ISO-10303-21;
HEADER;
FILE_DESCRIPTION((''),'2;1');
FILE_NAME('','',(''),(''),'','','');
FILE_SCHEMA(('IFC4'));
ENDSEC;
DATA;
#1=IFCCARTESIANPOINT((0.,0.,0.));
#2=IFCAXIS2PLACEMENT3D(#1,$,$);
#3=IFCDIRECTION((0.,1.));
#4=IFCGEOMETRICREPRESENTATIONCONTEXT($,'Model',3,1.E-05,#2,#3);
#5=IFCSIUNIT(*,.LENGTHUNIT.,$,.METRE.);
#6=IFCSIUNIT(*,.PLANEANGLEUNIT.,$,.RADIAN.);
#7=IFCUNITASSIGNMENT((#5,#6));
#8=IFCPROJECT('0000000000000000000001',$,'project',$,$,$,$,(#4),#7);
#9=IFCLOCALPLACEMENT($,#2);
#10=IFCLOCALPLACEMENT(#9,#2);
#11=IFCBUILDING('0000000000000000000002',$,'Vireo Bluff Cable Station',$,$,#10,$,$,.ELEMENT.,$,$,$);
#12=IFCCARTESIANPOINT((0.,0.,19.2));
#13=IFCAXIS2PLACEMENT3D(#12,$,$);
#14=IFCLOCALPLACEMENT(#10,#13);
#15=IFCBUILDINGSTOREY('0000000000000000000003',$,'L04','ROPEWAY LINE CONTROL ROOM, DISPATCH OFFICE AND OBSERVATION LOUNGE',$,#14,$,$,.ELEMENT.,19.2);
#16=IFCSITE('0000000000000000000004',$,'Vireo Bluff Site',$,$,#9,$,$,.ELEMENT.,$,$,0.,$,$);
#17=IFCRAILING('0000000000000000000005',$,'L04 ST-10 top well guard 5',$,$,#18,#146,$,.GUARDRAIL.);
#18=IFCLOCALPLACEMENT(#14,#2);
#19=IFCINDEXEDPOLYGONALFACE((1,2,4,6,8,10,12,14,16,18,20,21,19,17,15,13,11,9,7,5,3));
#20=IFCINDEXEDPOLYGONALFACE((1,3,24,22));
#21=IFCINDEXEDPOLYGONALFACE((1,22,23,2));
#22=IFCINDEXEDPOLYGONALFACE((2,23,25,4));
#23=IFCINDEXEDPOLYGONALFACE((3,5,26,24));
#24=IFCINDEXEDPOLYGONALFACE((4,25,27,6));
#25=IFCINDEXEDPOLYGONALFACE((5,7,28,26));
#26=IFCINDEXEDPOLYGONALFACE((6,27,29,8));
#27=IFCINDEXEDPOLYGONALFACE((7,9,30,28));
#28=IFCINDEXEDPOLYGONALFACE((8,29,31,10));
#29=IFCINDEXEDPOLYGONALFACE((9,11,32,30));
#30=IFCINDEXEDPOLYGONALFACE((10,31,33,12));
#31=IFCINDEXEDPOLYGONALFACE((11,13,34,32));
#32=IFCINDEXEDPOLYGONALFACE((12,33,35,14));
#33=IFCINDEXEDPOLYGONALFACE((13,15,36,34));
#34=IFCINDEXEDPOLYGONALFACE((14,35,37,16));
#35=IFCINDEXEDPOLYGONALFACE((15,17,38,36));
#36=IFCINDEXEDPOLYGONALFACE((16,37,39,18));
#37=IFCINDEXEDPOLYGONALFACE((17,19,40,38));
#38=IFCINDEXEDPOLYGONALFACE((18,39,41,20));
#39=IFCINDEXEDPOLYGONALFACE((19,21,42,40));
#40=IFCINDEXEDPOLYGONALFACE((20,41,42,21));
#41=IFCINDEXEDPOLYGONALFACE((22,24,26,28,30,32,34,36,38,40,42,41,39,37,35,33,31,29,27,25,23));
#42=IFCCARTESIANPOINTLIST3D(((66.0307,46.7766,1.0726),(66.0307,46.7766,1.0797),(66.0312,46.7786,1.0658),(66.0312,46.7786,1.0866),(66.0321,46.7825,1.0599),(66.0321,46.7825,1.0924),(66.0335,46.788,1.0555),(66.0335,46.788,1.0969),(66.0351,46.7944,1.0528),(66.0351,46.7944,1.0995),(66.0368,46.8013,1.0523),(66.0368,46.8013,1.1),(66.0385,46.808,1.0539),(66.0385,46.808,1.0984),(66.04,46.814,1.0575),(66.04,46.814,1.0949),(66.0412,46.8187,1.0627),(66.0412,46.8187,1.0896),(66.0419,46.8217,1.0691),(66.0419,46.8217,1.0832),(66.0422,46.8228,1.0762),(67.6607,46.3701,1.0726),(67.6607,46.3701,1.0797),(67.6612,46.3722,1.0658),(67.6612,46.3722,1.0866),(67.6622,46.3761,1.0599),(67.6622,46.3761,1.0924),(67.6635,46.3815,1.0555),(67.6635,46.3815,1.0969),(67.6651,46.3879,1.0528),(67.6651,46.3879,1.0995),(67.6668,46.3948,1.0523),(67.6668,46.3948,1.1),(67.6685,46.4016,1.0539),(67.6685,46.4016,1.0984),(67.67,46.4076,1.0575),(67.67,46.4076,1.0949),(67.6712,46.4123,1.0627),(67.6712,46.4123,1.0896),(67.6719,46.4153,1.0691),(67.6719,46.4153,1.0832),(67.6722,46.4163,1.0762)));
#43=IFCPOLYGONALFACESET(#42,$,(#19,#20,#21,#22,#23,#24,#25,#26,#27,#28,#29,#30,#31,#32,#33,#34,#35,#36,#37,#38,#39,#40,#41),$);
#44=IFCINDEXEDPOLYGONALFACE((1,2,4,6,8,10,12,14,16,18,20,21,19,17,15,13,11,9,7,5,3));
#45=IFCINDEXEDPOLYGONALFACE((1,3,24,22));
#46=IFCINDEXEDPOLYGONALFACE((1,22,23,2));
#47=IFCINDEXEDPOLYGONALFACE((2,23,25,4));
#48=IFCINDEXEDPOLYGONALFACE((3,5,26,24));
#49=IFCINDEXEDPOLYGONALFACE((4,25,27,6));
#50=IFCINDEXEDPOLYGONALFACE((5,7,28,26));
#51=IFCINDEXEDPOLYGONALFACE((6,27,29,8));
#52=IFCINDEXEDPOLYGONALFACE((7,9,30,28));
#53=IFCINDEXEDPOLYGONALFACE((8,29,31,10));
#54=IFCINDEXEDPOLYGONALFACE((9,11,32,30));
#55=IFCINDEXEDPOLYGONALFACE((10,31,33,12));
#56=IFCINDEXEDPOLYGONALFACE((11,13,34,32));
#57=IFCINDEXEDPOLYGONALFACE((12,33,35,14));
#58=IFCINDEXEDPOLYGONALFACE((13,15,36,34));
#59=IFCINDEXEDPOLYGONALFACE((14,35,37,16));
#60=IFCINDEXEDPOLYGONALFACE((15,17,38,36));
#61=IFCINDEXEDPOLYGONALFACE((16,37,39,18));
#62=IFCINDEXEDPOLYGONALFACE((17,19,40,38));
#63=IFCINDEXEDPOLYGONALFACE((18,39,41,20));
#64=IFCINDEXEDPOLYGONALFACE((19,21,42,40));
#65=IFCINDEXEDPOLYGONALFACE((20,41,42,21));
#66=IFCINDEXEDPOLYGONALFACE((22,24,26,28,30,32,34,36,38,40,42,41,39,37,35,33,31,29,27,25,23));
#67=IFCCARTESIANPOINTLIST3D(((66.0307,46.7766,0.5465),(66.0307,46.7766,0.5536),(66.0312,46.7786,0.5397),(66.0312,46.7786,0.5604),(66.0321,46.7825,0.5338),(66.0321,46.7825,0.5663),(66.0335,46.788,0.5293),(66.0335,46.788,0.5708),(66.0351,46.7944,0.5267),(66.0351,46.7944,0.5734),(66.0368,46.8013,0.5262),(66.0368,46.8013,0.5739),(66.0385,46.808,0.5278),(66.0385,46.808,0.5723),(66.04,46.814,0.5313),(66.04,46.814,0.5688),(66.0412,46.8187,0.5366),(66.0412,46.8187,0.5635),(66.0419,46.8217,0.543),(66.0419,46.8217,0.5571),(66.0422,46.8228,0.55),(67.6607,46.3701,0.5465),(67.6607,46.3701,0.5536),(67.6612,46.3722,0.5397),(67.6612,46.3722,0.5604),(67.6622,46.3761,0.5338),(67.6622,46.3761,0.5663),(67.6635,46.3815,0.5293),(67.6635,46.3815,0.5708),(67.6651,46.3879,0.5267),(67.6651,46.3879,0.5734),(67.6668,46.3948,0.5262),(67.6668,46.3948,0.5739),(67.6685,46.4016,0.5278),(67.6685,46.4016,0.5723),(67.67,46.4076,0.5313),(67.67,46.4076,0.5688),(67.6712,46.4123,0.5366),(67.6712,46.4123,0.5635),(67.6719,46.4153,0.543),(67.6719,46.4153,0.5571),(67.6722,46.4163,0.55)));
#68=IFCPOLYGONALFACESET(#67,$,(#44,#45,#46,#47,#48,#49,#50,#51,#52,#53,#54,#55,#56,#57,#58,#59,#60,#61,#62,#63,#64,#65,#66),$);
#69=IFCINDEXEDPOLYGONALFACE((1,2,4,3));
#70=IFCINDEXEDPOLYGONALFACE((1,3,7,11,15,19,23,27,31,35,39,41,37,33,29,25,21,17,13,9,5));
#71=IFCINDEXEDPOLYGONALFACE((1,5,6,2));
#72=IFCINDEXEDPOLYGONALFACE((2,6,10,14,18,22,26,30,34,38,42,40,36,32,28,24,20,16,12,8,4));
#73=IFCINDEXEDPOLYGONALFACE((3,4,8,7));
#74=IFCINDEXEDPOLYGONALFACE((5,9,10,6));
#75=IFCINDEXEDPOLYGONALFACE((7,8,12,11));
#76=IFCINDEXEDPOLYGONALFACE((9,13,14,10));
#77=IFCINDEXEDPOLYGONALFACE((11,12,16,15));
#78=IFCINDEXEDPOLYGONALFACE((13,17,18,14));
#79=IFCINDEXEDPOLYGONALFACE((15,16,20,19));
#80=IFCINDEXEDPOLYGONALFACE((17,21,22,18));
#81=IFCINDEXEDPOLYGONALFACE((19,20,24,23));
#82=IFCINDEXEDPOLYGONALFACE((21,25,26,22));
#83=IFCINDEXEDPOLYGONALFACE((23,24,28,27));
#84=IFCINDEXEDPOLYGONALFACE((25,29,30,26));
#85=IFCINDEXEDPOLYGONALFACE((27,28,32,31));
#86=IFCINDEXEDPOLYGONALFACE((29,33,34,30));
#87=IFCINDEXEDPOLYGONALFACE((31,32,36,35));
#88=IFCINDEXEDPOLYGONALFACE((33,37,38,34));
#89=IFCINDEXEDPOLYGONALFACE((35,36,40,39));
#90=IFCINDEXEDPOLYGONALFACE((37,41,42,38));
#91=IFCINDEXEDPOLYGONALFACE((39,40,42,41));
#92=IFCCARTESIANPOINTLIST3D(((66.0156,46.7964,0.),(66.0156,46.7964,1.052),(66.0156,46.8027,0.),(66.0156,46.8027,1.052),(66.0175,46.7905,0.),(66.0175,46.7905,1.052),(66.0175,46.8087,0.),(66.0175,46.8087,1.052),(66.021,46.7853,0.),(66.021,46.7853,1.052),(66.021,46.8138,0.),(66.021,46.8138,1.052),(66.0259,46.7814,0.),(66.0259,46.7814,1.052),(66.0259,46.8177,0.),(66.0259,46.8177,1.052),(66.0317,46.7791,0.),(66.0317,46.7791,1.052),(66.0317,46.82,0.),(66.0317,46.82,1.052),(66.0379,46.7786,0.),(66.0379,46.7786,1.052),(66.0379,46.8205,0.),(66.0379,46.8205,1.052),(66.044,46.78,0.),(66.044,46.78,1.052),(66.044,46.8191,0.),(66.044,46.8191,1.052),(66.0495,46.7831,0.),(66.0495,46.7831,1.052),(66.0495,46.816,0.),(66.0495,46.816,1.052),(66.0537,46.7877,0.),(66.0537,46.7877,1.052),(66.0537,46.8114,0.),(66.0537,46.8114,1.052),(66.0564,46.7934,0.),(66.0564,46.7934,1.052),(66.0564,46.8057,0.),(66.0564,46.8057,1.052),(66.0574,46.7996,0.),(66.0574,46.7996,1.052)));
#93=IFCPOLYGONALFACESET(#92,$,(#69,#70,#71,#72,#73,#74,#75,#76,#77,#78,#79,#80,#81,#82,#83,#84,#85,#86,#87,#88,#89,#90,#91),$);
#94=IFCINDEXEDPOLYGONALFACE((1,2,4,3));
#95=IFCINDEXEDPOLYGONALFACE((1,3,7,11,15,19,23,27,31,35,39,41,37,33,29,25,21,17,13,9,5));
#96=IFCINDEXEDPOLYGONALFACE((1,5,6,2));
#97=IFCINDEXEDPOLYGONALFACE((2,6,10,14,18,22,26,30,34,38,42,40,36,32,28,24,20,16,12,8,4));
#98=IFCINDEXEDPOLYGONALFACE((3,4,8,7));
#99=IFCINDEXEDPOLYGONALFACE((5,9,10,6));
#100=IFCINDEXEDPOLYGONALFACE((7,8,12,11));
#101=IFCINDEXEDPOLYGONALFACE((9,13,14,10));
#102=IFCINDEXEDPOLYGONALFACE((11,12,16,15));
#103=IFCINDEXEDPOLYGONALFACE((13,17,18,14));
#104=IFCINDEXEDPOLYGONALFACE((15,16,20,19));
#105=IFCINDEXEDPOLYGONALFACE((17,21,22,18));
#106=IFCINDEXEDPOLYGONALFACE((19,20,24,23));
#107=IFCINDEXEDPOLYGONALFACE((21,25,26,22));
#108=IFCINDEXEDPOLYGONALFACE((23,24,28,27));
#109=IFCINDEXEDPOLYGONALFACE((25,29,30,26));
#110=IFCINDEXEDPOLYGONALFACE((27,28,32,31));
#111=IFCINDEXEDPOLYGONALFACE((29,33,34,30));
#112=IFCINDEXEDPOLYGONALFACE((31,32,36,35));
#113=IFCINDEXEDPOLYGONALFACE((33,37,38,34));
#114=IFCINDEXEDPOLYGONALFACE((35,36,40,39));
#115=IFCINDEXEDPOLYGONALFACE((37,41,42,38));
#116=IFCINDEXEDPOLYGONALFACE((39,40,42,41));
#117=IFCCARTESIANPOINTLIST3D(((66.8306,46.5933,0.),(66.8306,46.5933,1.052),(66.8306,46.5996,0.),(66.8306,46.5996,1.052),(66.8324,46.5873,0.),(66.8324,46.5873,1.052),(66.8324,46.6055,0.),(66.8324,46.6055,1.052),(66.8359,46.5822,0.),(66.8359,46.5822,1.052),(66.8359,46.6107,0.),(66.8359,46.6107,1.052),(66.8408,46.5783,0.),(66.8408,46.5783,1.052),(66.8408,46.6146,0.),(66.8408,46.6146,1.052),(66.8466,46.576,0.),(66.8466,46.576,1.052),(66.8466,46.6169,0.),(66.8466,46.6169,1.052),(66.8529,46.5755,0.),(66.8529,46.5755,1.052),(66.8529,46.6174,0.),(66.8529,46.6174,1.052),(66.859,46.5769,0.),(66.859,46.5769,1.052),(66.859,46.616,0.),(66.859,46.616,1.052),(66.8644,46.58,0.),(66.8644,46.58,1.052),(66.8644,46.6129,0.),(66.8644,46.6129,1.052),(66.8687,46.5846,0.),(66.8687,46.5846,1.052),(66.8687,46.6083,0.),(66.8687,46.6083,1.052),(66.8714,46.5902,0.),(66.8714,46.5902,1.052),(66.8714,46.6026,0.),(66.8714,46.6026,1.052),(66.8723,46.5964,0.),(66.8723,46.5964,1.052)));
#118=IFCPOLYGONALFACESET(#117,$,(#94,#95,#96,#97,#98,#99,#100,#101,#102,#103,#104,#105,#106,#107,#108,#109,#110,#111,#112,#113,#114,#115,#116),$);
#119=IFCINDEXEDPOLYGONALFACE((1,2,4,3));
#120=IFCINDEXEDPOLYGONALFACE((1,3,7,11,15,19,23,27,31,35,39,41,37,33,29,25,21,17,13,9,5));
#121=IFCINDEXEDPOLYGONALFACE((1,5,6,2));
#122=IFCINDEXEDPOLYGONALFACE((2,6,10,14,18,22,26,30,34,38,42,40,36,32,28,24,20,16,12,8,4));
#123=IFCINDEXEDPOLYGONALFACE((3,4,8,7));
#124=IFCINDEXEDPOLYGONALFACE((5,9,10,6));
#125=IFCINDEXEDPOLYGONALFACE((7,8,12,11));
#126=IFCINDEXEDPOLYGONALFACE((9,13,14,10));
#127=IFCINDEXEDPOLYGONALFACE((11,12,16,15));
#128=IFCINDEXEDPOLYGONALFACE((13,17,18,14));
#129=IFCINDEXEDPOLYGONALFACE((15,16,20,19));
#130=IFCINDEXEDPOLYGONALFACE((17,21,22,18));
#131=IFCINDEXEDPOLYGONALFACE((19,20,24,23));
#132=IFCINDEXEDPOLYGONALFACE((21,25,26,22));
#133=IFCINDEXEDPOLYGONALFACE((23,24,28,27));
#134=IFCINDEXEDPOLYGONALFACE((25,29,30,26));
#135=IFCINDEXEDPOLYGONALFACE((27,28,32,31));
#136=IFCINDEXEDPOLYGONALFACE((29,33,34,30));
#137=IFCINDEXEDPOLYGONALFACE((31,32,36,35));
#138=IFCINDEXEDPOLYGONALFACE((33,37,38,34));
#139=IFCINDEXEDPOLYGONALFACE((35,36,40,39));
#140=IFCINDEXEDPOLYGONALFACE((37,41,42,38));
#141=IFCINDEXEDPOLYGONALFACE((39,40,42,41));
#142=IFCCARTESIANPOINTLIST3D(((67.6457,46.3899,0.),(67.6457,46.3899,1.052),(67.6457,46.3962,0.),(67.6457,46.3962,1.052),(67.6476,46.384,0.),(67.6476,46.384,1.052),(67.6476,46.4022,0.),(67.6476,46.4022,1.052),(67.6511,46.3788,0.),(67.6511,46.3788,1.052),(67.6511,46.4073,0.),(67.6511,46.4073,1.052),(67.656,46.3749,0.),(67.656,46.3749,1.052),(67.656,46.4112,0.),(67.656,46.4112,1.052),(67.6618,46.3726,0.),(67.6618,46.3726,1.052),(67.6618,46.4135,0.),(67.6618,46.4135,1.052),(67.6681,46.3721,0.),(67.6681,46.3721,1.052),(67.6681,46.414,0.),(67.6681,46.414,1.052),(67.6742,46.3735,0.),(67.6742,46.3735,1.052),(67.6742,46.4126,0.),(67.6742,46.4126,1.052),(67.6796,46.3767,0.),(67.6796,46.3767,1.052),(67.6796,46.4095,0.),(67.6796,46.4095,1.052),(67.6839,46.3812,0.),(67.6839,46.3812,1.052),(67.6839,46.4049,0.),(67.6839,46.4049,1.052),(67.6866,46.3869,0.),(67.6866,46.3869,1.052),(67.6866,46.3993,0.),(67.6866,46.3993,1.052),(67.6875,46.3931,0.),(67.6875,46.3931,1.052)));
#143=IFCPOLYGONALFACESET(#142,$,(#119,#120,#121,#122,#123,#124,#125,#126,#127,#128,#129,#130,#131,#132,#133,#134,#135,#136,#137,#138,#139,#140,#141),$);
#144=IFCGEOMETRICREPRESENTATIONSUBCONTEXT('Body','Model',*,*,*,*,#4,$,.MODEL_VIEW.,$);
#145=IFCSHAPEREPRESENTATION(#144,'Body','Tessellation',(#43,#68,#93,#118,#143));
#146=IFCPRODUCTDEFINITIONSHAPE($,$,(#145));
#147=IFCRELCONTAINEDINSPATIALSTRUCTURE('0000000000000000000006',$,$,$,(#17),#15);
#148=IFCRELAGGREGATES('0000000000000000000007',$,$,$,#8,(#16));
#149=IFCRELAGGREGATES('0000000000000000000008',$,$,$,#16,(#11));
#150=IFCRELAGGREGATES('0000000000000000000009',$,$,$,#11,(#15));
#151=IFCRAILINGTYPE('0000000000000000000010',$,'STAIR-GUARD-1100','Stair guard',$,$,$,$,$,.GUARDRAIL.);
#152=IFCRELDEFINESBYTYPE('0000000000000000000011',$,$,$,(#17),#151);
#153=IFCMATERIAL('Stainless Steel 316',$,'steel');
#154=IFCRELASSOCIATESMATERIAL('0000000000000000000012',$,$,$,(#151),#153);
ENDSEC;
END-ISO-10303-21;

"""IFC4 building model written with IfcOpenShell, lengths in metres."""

from ifc_helpers import new_model, si_unit, direction, frame, origin, origin_2d, place, context, subcontext, project, spatial, circle, extrude, material, type_object, element, save


model = new_model("IFC4")

# Units and contexts
model_context = context("Model", 3, precision=1e-05, world=origin(), true_north=direction((0.0, 1.0)))
body_context = subcontext(model_context, "Body", "Model", "MODEL_VIEW")
ifc_project = project(units=[si_unit("LENGTHUNIT", "METRE"), si_unit("PLANEANGLEUNIT", "RADIAN")], contexts=[model_context])

# Site, building, storey
site_placement = place(None, origin())
site = spatial("IfcSite", under=ifc_project, at=site_placement, Name="Vireo Bluff Site", CompositionType="ELEMENT", RefElevation=0.0)
building_placement = place(site_placement, origin())
building = spatial("IfcBuilding", under=site, at=building_placement, Name="Vireo Bluff Cable Station", CompositionType="ELEMENT")
storey_placement = place(building_placement, frame((0.0, 0.0, 19.2)))
storey = spatial("IfcBuildingStorey", under=building, at=storey_placement, Name="L04", Description="ROPEWAY LINE CONTROL ROOM, DISPATCH OFFICE AND OBSERVATION LOUNGE", CompositionType="ELEMENT", Elevation=19.2)

# Shared definitions
ifc_material_1 = material(Name="Stainless Steel 316", Category="steel")

# Railing
railing_type = type_object("IfcRailingType", Name="STAIR-GUARD-1100", Description="Stair guard", PredefinedType="GUARDRAIL", material=ifc_material_1)
for number, where, name in (
    (1, (66.0364, 46.7996, 0.0), "L04 ST-10 top well guard 5"),
):
    element("IfcRailing", number, at=place(storey_placement, frame(where)), inside=storey, type_object=railing_type, Name=name, PredefinedType="GUARDRAIL", context=body_context, shape_type="SweptSolid", body=[
        extrude(circle(Radius=0.0239, at=origin_2d()), frame((0.0, 0.0, 1.0762), z_axis=(0.970288, -0.241954, 0.0), x_axis=(0.241954, 0.970288, 0.0)), (0.0, 0.0, 1.0), 1.6799),
        extrude(circle(Radius=0.0239, at=origin_2d()), frame((0.0, 0.0, 0.55), z_axis=(0.970288, -0.241954, 0.0), x_axis=(0.241954, 0.970288, 0.0)), (0.0, 0.0, 1.0), 1.6799),
        extrude(circle(Radius=0.021, at=origin_2d()), origin(), (0.0, 0.0, 1.0), 1.052),
        extrude(circle(Radius=0.021, at=origin_2d()), frame((0.8149, -0.2031, 0.0)), (0.0, 0.0, 1.0), 1.052),
        extrude(circle(Radius=0.021, at=origin_2d()), frame((1.6301, -0.4065, 0.0)), (0.0, 0.0, 1.0), 1.052),
    ])

save(model, "model.ifc")
